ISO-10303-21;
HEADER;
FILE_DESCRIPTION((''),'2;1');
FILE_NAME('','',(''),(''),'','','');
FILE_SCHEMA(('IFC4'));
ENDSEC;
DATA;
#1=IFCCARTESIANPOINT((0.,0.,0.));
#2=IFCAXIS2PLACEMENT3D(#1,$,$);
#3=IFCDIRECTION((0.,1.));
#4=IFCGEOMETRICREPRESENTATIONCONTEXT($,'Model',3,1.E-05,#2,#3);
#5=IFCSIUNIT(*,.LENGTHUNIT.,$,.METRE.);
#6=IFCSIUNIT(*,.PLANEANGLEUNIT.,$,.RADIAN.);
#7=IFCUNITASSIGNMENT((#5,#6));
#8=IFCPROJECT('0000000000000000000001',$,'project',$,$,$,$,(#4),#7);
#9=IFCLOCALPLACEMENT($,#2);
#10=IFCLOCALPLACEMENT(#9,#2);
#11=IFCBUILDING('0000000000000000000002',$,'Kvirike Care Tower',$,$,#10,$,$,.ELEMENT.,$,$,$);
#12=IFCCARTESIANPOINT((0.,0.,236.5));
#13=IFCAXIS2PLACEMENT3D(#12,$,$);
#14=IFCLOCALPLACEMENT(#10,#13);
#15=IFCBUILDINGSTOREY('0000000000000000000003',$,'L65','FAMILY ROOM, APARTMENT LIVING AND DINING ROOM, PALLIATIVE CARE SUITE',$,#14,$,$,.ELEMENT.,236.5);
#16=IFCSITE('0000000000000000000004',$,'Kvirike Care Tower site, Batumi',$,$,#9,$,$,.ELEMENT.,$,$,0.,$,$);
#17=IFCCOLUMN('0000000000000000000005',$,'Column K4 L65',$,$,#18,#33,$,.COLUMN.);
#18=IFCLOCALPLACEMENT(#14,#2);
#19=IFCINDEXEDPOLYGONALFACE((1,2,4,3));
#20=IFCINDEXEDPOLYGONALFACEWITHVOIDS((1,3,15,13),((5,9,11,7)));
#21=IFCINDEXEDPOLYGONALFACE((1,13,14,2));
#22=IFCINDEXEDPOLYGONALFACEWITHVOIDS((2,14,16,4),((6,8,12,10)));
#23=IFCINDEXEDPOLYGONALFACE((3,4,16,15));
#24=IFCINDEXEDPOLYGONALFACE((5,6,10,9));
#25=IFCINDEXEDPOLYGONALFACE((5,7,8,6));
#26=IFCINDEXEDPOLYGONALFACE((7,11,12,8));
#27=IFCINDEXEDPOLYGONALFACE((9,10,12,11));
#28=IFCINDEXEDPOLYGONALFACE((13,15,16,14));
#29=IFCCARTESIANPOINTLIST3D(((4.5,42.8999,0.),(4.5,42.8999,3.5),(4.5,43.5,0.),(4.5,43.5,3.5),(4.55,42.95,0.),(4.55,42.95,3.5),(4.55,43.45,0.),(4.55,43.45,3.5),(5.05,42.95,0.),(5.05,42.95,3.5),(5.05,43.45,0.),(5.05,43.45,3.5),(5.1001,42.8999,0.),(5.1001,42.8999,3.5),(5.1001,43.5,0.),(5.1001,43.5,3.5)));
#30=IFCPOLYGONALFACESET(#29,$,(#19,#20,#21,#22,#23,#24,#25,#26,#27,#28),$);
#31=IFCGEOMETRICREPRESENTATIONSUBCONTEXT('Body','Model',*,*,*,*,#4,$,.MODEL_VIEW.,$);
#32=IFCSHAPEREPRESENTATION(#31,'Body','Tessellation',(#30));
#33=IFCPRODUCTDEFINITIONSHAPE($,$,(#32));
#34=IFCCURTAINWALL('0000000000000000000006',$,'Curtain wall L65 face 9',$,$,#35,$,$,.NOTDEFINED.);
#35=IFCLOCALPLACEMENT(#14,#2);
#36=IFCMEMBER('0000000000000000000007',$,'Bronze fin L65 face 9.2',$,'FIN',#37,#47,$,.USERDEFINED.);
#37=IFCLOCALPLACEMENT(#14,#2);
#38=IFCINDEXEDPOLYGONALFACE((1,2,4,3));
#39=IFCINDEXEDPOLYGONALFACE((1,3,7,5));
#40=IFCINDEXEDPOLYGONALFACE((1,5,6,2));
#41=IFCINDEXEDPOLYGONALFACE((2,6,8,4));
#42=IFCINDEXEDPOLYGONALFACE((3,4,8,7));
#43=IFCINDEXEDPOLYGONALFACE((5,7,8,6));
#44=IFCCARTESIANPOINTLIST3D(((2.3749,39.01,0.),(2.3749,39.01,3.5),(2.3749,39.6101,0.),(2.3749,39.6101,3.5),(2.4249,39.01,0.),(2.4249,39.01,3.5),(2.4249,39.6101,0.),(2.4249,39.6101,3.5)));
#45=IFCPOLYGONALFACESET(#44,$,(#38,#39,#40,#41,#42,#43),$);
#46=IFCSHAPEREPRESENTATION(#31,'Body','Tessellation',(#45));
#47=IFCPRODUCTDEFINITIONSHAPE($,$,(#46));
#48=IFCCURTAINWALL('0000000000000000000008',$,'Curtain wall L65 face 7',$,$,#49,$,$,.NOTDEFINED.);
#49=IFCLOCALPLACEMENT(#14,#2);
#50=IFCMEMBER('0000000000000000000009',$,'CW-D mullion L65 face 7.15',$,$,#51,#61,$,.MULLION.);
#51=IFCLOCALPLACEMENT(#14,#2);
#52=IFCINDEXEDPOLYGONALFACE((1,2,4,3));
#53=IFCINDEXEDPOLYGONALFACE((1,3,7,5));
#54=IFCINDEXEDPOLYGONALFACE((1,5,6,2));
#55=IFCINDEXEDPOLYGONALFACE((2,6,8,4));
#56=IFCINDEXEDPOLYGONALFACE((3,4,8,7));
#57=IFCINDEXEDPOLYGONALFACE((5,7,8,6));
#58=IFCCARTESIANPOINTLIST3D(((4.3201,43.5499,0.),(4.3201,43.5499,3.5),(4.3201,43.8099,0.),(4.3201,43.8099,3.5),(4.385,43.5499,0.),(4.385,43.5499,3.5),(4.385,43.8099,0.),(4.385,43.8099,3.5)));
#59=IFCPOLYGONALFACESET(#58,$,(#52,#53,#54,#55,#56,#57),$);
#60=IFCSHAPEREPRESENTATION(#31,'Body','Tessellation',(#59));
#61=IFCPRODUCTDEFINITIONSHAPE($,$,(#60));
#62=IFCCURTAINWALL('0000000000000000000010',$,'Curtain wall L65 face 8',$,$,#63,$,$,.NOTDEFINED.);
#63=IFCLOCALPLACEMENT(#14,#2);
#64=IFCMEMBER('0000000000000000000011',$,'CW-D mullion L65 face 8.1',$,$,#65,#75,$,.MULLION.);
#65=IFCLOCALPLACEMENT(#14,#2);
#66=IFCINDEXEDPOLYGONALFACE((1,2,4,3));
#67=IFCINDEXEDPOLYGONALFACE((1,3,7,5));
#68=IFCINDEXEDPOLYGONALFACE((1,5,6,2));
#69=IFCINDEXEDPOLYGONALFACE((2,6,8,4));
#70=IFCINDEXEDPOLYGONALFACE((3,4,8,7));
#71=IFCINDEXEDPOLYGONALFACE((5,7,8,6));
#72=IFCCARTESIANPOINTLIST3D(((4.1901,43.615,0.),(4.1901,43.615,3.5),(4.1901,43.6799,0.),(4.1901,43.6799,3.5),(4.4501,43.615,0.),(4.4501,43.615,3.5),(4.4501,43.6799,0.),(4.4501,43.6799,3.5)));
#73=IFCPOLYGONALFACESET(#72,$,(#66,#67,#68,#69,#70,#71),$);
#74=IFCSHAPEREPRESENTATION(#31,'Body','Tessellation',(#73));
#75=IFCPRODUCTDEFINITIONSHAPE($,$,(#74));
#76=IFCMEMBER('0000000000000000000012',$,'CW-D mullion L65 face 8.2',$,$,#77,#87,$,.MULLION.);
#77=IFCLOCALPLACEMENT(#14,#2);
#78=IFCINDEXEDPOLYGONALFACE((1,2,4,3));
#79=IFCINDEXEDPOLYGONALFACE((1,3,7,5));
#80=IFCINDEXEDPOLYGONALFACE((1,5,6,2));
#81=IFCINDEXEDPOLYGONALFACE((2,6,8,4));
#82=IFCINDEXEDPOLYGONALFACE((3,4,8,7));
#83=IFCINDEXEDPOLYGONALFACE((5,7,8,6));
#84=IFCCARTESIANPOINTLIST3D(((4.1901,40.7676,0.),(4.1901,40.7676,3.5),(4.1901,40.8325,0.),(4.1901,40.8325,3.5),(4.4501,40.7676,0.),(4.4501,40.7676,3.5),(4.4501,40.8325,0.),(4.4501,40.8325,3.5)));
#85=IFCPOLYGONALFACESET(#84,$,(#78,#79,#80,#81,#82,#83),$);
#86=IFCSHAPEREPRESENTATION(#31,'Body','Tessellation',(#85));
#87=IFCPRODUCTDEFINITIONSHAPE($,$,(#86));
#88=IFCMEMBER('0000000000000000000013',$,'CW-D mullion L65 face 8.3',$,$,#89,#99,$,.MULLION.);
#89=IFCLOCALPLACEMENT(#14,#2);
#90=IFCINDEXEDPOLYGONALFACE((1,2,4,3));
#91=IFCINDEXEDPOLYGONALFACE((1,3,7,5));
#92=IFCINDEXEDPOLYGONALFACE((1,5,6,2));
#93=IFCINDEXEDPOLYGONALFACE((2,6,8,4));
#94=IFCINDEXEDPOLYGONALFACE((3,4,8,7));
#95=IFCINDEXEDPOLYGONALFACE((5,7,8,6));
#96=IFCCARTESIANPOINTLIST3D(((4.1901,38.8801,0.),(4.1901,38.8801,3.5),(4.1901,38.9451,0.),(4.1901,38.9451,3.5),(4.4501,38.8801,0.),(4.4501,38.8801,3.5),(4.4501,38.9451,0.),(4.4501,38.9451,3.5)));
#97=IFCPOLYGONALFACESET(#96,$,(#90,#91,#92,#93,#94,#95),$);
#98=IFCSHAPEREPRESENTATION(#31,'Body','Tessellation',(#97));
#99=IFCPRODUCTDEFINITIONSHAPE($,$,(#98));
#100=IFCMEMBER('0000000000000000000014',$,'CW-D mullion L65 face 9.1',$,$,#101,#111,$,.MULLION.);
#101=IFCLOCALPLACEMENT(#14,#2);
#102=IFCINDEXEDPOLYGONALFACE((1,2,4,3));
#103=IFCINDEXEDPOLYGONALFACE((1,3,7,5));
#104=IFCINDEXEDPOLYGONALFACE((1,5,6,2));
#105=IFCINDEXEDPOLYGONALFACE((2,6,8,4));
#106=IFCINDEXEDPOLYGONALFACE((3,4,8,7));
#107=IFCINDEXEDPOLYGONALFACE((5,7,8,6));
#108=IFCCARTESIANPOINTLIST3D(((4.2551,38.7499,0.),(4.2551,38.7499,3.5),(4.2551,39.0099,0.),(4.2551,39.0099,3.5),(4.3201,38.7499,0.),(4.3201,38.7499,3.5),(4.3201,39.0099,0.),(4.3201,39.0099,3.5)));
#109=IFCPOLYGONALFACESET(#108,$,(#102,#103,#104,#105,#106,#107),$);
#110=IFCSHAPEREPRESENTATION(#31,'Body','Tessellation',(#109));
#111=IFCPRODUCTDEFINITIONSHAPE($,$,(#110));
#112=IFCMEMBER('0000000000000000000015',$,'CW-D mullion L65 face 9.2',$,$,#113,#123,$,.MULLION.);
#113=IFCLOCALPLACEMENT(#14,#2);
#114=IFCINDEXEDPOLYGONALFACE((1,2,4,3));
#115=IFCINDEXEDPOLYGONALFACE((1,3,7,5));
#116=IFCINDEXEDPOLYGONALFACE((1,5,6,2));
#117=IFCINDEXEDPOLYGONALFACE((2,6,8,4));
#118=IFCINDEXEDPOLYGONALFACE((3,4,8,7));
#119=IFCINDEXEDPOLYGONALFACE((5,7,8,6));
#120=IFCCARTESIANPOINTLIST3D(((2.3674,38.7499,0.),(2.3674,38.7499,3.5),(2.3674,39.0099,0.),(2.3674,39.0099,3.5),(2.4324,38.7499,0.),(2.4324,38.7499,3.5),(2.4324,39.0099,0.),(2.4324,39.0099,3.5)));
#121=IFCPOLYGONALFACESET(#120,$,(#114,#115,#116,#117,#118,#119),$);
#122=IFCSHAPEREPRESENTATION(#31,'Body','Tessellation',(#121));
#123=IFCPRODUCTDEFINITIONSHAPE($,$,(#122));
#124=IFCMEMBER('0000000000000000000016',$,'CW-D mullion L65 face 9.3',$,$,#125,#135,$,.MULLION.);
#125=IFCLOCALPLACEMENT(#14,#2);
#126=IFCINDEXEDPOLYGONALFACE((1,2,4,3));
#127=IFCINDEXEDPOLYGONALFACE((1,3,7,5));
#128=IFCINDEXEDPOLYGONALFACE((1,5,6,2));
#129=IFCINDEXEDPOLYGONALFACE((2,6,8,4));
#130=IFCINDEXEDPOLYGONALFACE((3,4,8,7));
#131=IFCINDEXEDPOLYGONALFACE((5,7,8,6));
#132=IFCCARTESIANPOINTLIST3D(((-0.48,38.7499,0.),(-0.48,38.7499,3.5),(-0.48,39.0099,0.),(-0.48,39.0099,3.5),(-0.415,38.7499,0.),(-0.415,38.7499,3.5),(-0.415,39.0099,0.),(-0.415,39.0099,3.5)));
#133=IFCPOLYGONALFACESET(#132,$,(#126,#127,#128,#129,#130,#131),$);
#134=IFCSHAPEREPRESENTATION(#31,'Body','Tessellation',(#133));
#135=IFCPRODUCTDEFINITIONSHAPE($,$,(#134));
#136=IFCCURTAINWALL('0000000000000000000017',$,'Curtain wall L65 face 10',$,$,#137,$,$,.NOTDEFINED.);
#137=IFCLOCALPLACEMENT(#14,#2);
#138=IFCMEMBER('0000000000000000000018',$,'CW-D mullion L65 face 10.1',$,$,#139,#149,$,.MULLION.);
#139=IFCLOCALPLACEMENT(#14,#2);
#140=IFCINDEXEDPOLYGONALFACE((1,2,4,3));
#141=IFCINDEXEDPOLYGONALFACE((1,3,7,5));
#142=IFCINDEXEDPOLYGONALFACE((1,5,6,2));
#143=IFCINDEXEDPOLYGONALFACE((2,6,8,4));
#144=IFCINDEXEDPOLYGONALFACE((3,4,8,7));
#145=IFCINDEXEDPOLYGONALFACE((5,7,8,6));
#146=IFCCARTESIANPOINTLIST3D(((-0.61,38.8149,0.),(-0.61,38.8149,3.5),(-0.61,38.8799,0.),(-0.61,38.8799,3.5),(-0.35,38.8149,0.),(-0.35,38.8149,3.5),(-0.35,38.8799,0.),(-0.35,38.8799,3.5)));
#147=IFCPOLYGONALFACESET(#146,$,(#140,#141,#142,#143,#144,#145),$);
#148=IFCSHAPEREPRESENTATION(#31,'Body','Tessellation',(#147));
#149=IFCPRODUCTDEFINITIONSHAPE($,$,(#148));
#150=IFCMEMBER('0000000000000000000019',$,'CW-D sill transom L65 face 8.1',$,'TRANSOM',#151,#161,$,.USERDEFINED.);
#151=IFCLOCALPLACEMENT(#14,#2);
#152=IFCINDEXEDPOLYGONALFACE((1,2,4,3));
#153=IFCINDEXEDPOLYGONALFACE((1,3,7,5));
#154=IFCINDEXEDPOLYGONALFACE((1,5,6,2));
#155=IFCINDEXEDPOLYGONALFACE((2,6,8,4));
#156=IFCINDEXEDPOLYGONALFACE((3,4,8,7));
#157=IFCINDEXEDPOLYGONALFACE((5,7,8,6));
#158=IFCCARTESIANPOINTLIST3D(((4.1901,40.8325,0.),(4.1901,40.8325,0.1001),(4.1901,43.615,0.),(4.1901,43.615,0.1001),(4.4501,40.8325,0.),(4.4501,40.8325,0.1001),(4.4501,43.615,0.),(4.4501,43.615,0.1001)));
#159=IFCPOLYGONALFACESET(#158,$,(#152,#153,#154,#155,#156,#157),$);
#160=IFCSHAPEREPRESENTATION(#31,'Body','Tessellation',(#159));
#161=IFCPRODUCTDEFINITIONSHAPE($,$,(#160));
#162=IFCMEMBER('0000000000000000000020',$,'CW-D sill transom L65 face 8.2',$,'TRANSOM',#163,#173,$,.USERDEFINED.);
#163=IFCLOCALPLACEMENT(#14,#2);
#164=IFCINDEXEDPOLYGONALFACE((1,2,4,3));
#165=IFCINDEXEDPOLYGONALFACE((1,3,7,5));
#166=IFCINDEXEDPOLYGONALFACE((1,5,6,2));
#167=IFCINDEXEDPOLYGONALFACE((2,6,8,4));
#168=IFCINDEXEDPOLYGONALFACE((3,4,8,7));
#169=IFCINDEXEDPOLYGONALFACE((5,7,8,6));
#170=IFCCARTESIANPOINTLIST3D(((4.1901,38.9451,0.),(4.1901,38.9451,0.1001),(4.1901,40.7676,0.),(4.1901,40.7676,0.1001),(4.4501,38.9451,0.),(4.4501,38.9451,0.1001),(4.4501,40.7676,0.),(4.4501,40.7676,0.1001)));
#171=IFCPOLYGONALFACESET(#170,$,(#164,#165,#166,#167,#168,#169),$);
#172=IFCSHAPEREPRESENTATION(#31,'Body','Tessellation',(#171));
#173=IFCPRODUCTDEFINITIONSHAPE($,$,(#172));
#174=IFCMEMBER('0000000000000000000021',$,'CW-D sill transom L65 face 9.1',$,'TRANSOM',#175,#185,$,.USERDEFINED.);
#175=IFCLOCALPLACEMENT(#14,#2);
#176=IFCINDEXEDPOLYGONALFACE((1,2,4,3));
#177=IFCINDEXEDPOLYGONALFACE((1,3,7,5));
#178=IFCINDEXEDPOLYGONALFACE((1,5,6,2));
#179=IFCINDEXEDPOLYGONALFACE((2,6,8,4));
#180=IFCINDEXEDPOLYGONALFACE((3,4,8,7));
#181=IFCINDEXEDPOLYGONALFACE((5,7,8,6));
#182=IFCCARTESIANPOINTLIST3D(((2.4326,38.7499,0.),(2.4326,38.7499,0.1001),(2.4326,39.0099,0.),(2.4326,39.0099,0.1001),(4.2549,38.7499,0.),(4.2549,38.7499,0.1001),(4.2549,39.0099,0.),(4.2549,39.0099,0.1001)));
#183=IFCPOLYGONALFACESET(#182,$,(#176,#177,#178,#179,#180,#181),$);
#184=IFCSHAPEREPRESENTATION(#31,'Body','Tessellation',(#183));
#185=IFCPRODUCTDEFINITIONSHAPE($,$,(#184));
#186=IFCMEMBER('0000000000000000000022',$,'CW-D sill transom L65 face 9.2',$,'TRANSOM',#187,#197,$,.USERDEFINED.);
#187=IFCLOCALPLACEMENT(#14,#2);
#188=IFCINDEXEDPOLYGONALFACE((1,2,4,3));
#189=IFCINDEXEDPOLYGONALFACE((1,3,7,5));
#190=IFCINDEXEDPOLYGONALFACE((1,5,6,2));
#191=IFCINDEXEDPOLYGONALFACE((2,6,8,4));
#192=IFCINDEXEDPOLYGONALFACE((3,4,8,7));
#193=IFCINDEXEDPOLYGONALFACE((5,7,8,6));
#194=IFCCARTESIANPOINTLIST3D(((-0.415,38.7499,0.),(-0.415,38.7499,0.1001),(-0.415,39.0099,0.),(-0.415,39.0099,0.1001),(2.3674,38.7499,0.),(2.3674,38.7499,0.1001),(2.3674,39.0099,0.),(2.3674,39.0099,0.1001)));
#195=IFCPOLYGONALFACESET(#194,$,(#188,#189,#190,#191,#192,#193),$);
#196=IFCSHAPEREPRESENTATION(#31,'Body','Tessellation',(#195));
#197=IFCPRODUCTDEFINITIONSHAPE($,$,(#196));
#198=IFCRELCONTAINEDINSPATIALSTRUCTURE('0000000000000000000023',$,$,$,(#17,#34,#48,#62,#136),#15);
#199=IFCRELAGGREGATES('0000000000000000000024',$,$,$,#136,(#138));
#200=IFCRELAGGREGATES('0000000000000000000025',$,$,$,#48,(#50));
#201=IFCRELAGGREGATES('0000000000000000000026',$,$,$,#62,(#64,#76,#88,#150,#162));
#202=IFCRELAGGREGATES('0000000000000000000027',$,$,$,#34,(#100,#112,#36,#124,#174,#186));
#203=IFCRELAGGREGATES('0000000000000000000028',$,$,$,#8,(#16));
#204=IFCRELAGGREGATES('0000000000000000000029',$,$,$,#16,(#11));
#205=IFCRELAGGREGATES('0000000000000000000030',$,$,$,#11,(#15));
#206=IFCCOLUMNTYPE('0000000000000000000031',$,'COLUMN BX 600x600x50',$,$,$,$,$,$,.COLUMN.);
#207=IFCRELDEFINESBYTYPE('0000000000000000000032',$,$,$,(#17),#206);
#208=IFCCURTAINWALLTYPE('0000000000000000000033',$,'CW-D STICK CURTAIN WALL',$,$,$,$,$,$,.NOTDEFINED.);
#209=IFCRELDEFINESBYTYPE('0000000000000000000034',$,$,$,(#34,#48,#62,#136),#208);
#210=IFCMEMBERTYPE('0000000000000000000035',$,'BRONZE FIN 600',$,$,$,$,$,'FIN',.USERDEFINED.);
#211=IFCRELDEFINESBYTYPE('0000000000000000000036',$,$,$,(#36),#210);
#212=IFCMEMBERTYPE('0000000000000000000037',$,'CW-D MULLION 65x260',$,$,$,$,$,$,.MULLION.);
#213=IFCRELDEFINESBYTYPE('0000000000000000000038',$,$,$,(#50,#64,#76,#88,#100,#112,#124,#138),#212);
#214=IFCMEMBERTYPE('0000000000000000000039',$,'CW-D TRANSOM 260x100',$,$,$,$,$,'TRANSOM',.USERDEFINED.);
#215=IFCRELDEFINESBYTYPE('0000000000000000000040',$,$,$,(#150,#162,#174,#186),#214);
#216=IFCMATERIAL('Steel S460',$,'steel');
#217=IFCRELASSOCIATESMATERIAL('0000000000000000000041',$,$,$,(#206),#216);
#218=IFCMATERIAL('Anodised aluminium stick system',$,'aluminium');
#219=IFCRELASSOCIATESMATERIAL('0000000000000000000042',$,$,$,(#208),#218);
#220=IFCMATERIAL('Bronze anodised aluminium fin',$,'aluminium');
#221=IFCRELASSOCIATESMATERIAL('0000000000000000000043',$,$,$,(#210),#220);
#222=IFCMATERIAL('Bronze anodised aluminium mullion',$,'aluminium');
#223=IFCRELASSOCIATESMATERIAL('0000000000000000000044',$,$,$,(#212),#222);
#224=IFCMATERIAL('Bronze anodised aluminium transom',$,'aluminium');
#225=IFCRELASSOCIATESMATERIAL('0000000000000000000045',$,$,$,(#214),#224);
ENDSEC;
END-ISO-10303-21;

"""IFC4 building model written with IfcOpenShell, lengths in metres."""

from ifc_helpers import new_model, si_unit, direction, frame, origin, origin_2d, place, context, subcontext, project, spatial, rectangle, hollow_rectangle, extrude, material, material_profile, profile_set, type_object, element, aggregate, save


model = new_model("IFC4")

# Units and contexts
model_context = context("Model", 3, precision=1e-05, world=origin(), true_north=direction((0.0, 1.0)))
body_context = subcontext(model_context, "Body", "Model", "MODEL_VIEW")
ifc_project = project(units=[si_unit("LENGTHUNIT", "METRE"), si_unit("PLANEANGLEUNIT", "RADIAN")], contexts=[model_context])

# Site, building, storey
site_placement = place(None, origin())
site = spatial("IfcSite", under=ifc_project, at=site_placement, Name="Kvirike Care Tower site, Batumi", CompositionType="ELEMENT", RefElevation=0.0)
building_placement = place(site_placement, origin())
building = spatial("IfcBuilding", under=site, at=building_placement, Name="Kvirike Care Tower", CompositionType="ELEMENT")
storey_placement = place(building_placement, frame((0.0, 0.0, 236.5)))
storey = spatial("IfcBuildingStorey", under=building, at=storey_placement, Name="L65", Description="FAMILY ROOM, APARTMENT LIVING AND DINING ROOM, PALLIATIVE CARE SUITE", CompositionType="ELEMENT", Elevation=236.5)

# Column
ifc_material_1 = material(Name="Steel S460", Category="steel")
ifc_material_profile_1 = material_profile(ifc_material_1, hollow_rectangle(XDim=0.6001, YDim=0.6001, WallThickness=0.05, at=origin_2d()), Name="BX 600x600x50")
ifc_profile_set_1 = profile_set([ifc_material_profile_1], Name="Steel S460")
column_type = type_object("IfcColumnType", Name="COLUMN BX 600x600x50", PredefinedType="COLUMN", material=ifc_profile_set_1)
column_placement = place(storey_placement, frame((4.8, 43.2, 0.0), z_axis=(0.0, 0.0, 1.0), x_axis=(0.0, 1.0, 0.0)))
element("IfcColumn", 1, at=column_placement, inside=storey, type_object=column_type, Name="Column K4 L65", PredefinedType="COLUMN", context=body_context, shape_type="SweptSolid", body=[
    extrude(hollow_rectangle(XDim=0.6001, YDim=0.6001, WallThickness=0.05, at=origin_2d()), origin(), (0.0, 0.0, 1.0), 3.5),
])

# Curtain walls, members
ifc_material_2 = material(Name="Anodised aluminium stick system", Category="aluminium")
curtain_wall_type = type_object("IfcCurtainWallType", Name="CW-D STICK CURTAIN WALL", PredefinedType="NOTDEFINED", material=ifc_material_2)
curtain_wall_1_placement = place(storey_placement, origin())
curtain_wall_1 = element("IfcCurtainWall", 2, at=curtain_wall_1_placement, inside=storey, type_object=curtain_wall_type, Name="Curtain wall L65 face 9", PredefinedType="NOTDEFINED")
ifc_material_3 = material(Name="Bronze anodised aluminium fin", Category="aluminium")
ifc_material_profile_2 = material_profile(ifc_material_3, rectangle(XDim=0.05, YDim=0.6001, at=origin_2d()), Name="BRONZE FIN 600")
ifc_profile_set_2 = profile_set([ifc_material_profile_2], Name="Bronze anodised aluminium fin")
member_type_1 = type_object("IfcMemberType", Name="BRONZE FIN 600", ElementType="FIN", PredefinedType="USERDEFINED", material=ifc_profile_set_2)
member_1_placement = place(storey_placement, frame((2.3999, 39.3101, 0.0), z_axis=(0.0, 0.0, 1.0), x_axis=(-1.0, 0.0, 0.0)))
member_1 = element("IfcMember", 3, at=member_1_placement, type_object=member_type_1, Name="Bronze fin L65 face 9.2", ObjectType="FIN", PredefinedType="USERDEFINED", context=body_context, shape_type="SweptSolid", body=[
    extrude(rectangle(XDim=0.05, YDim=0.6001, at=origin_2d()), origin(), (0.0, 0.0, 1.0), 3.5),
])
curtain_wall_2_placement = place(storey_placement, origin())
curtain_wall_2 = element("IfcCurtainWall", 4, at=curtain_wall_2_placement, inside=storey, type_object=curtain_wall_type, Name="Curtain wall L65 face 7", PredefinedType="NOTDEFINED")
ifc_material_4 = material(Name="Bronze anodised aluminium mullion", Category="aluminium")
ifc_material_profile_3 = material_profile(ifc_material_4, rectangle(XDim=0.0649, YDim=0.26, at=origin_2d()), Name="CW-D MULLION 65x260")
ifc_profile_set_3 = profile_set([ifc_material_profile_3], Name="Bronze anodised aluminium mullion")
member_type_2 = type_object("IfcMemberType", Name="CW-D MULLION 65x260", PredefinedType="MULLION", material=ifc_profile_set_3)
member_2_placement = place(storey_placement, frame((4.3525, 43.6799, 0.0), z_axis=(0.0, 0.0, 1.0), x_axis=(-1.0, 0.0, 0.0)))
member_2 = element("IfcMember", 5, at=member_2_placement, type_object=member_type_2, Name="CW-D mullion L65 face 7.15", PredefinedType="MULLION", context=body_context, shape_type="SweptSolid", body=[
    extrude(rectangle(XDim=0.0649, YDim=0.26, at=origin_2d()), origin(), (0.0, 0.0, 1.0), 3.5),
])

# Curtain wall, members
curtain_wall_3_placement = place(storey_placement, origin())
curtain_wall_3 = element("IfcCurtainWall", 6, at=curtain_wall_3_placement, inside=storey, type_object=curtain_wall_type, Name="Curtain wall L65 face 8", PredefinedType="NOTDEFINED")
member_3_placement = place(storey_placement, frame((4.3201, 43.6475, 0.0), z_axis=(0.0, 0.0, 1.0), x_axis=(0.0, -1.0, 0.0)))
member_3 = element("IfcMember", 7, at=member_3_placement, type_object=member_type_2, Name="CW-D mullion L65 face 8.1", PredefinedType="MULLION", context=body_context, shape_type="SweptSolid", body=[
    extrude(rectangle(XDim=0.0649, YDim=0.26, at=origin_2d()), origin(), (0.0, 0.0, 1.0), 3.5),
])
member_4_placement = place(storey_placement, frame((4.3201, 40.8, 0.0), z_axis=(0.0, 0.0, 1.0), x_axis=(0.0, -1.0, 0.0)))
member_4 = element("IfcMember", 8, at=member_4_placement, type_object=member_type_2, Name="CW-D mullion L65 face 8.2", PredefinedType="MULLION", context=body_context, shape_type="SweptSolid", body=[
    extrude(rectangle(XDim=0.0649, YDim=0.26, at=origin_2d()), origin(), (0.0, 0.0, 1.0), 3.5),
])
member_5_placement = place(storey_placement, frame((4.3201, 38.9126, 0.0), z_axis=(0.0, 0.0, 1.0), x_axis=(0.0, -1.0, 0.0)))
member_5 = element("IfcMember", 9, at=member_5_placement, type_object=member_type_2, Name="CW-D mullion L65 face 8.3", PredefinedType="MULLION", context=body_context, shape_type="SweptSolid", body=[
    extrude(rectangle(XDim=0.0649, YDim=0.26, at=origin_2d()), origin(), (0.0, 0.0, 1.0), 3.5),
])

# Members
member_6_placement = place(storey_placement, frame((4.2876, 38.8799, 0.0), z_axis=(0.0, 0.0, 1.0), x_axis=(-1.0, 0.0, 0.0)))
member_6 = element("IfcMember", 10, at=member_6_placement, type_object=member_type_2, Name="CW-D mullion L65 face 9.1", PredefinedType="MULLION", context=body_context, shape_type="SweptSolid", body=[
    extrude(rectangle(XDim=0.0649, YDim=0.26, at=origin_2d()), origin(), (0.0, 0.0, 1.0), 3.5),
])
member_7_placement = place(storey_placement, frame((2.3999, 38.8799, 0.0), z_axis=(0.0, 0.0, 1.0), x_axis=(-1.0, 0.0, 0.0)))
member_7 = element("IfcMember", 11, at=member_7_placement, type_object=member_type_2, Name="CW-D mullion L65 face 9.2", PredefinedType="MULLION", context=body_context, shape_type="SweptSolid", body=[
    extrude(rectangle(XDim=0.0649, YDim=0.26, at=origin_2d()), origin(), (0.0, 0.0, 1.0), 3.5),
])
member_8_placement = place(storey_placement, frame((-0.4475, 38.8799, 0.0), z_axis=(0.0, 0.0, 1.0), x_axis=(-1.0, 0.0, 0.0)))
member_8 = element("IfcMember", 12, at=member_8_placement, type_object=member_type_2, Name="CW-D mullion L65 face 9.3", PredefinedType="MULLION", context=body_context, shape_type="SweptSolid", body=[
    extrude(rectangle(XDim=0.0649, YDim=0.26, at=origin_2d()), origin(), (0.0, 0.0, 1.0), 3.5),
])

# Curtain wall, member
curtain_wall_4_placement = place(storey_placement, origin())
curtain_wall_4 = element("IfcCurtainWall", 13, at=curtain_wall_4_placement, inside=storey, type_object=curtain_wall_type, Name="Curtain wall L65 face 10", PredefinedType="NOTDEFINED")
member_9_placement = place(storey_placement, frame((-0.48, 38.8474, 0.0), z_axis=(0.0, 0.0, 1.0), x_axis=(0.0, -1.0, 0.0)))
member_9 = element("IfcMember", 14, at=member_9_placement, type_object=member_type_2, Name="CW-D mullion L65 face 10.1", PredefinedType="MULLION", context=body_context, shape_type="SweptSolid", body=[
    extrude(rectangle(XDim=0.0649, YDim=0.26, at=origin_2d()), origin(), (0.0, 0.0, 1.0), 3.5),
])

# Members
ifc_material_5 = material(Name="Bronze anodised aluminium transom", Category="aluminium")
ifc_material_profile_4 = material_profile(ifc_material_5, rectangle(XDim=0.26, YDim=0.1001, at=origin_2d()), Name="CW-D TRANSOM 260x100")
ifc_profile_set_4 = profile_set([ifc_material_profile_4], Name="Bronze anodised aluminium transom")
member_type_3 = type_object("IfcMemberType", Name="CW-D TRANSOM 260x100", ElementType="TRANSOM", PredefinedType="USERDEFINED", material=ifc_profile_set_4)
member_10_placement = place(storey_placement, frame((4.3201, 43.615, 0.05), z_axis=(0.0, -1.0, 0.0), x_axis=(1.0, 0.0, 0.0)))
member_10 = element("IfcMember", 15, at=member_10_placement, type_object=member_type_3, Name="CW-D sill transom L65 face 8.1", ObjectType="TRANSOM", PredefinedType="USERDEFINED", context=body_context, shape_type="SweptSolid", body=[
    extrude(rectangle(XDim=0.26, YDim=0.1001, at=origin_2d()), origin(), (0.0, 0.0, 1.0), 2.7825),
])
member_11_placement = place(storey_placement, frame((4.3201, 40.7676, 0.05), z_axis=(0.0, -1.0, 0.0), x_axis=(1.0, 0.0, 0.0)))
member_11 = element("IfcMember", 16, at=member_11_placement, type_object=member_type_3, Name="CW-D sill transom L65 face 8.2", ObjectType="TRANSOM", PredefinedType="USERDEFINED", context=body_context, shape_type="SweptSolid", body=[
    extrude(rectangle(XDim=0.26, YDim=0.1001, at=origin_2d()), origin(), (0.0, 0.0, 1.0), 1.8225),
])
member_12_placement = place(storey_placement, frame((4.2549, 38.8799, 0.05), z_axis=(-1.0, 0.0, 0.0), x_axis=(0.0, -1.0, 0.0)))
member_12 = element("IfcMember", 17, at=member_12_placement, type_object=member_type_3, Name="CW-D sill transom L65 face 9.1", ObjectType="TRANSOM", PredefinedType="USERDEFINED", context=body_context, shape_type="SweptSolid", body=[
    extrude(rectangle(XDim=0.26, YDim=0.1001, at=origin_2d()), origin(), (0.0, 0.0, 1.0), 1.8223),
])
member_13_placement = place(storey_placement, frame((2.3674, 38.8799, 0.05), z_axis=(-1.0, 0.0, 0.0), x_axis=(0.0, -1.0, 0.0)))
member_13 = element("IfcMember", 18, at=member_13_placement, type_object=member_type_3, Name="CW-D sill transom L65 face 9.2", ObjectType="TRANSOM", PredefinedType="USERDEFINED", context=body_context, shape_type="SweptSolid", body=[
    extrude(rectangle(XDim=0.26, YDim=0.1001, at=origin_2d()), origin(), (0.0, 0.0, 1.0), 2.7825),
])
aggregate(curtain_wall_4, [member_9])

aggregate(curtain_wall_2, [member_2])
aggregate(curtain_wall_3, [member_3, member_4, member_5, member_10, member_11])
aggregate(curtain_wall_1, [member_6, member_7, member_1, member_8, member_12, member_13])

save(model, "model.ifc")
